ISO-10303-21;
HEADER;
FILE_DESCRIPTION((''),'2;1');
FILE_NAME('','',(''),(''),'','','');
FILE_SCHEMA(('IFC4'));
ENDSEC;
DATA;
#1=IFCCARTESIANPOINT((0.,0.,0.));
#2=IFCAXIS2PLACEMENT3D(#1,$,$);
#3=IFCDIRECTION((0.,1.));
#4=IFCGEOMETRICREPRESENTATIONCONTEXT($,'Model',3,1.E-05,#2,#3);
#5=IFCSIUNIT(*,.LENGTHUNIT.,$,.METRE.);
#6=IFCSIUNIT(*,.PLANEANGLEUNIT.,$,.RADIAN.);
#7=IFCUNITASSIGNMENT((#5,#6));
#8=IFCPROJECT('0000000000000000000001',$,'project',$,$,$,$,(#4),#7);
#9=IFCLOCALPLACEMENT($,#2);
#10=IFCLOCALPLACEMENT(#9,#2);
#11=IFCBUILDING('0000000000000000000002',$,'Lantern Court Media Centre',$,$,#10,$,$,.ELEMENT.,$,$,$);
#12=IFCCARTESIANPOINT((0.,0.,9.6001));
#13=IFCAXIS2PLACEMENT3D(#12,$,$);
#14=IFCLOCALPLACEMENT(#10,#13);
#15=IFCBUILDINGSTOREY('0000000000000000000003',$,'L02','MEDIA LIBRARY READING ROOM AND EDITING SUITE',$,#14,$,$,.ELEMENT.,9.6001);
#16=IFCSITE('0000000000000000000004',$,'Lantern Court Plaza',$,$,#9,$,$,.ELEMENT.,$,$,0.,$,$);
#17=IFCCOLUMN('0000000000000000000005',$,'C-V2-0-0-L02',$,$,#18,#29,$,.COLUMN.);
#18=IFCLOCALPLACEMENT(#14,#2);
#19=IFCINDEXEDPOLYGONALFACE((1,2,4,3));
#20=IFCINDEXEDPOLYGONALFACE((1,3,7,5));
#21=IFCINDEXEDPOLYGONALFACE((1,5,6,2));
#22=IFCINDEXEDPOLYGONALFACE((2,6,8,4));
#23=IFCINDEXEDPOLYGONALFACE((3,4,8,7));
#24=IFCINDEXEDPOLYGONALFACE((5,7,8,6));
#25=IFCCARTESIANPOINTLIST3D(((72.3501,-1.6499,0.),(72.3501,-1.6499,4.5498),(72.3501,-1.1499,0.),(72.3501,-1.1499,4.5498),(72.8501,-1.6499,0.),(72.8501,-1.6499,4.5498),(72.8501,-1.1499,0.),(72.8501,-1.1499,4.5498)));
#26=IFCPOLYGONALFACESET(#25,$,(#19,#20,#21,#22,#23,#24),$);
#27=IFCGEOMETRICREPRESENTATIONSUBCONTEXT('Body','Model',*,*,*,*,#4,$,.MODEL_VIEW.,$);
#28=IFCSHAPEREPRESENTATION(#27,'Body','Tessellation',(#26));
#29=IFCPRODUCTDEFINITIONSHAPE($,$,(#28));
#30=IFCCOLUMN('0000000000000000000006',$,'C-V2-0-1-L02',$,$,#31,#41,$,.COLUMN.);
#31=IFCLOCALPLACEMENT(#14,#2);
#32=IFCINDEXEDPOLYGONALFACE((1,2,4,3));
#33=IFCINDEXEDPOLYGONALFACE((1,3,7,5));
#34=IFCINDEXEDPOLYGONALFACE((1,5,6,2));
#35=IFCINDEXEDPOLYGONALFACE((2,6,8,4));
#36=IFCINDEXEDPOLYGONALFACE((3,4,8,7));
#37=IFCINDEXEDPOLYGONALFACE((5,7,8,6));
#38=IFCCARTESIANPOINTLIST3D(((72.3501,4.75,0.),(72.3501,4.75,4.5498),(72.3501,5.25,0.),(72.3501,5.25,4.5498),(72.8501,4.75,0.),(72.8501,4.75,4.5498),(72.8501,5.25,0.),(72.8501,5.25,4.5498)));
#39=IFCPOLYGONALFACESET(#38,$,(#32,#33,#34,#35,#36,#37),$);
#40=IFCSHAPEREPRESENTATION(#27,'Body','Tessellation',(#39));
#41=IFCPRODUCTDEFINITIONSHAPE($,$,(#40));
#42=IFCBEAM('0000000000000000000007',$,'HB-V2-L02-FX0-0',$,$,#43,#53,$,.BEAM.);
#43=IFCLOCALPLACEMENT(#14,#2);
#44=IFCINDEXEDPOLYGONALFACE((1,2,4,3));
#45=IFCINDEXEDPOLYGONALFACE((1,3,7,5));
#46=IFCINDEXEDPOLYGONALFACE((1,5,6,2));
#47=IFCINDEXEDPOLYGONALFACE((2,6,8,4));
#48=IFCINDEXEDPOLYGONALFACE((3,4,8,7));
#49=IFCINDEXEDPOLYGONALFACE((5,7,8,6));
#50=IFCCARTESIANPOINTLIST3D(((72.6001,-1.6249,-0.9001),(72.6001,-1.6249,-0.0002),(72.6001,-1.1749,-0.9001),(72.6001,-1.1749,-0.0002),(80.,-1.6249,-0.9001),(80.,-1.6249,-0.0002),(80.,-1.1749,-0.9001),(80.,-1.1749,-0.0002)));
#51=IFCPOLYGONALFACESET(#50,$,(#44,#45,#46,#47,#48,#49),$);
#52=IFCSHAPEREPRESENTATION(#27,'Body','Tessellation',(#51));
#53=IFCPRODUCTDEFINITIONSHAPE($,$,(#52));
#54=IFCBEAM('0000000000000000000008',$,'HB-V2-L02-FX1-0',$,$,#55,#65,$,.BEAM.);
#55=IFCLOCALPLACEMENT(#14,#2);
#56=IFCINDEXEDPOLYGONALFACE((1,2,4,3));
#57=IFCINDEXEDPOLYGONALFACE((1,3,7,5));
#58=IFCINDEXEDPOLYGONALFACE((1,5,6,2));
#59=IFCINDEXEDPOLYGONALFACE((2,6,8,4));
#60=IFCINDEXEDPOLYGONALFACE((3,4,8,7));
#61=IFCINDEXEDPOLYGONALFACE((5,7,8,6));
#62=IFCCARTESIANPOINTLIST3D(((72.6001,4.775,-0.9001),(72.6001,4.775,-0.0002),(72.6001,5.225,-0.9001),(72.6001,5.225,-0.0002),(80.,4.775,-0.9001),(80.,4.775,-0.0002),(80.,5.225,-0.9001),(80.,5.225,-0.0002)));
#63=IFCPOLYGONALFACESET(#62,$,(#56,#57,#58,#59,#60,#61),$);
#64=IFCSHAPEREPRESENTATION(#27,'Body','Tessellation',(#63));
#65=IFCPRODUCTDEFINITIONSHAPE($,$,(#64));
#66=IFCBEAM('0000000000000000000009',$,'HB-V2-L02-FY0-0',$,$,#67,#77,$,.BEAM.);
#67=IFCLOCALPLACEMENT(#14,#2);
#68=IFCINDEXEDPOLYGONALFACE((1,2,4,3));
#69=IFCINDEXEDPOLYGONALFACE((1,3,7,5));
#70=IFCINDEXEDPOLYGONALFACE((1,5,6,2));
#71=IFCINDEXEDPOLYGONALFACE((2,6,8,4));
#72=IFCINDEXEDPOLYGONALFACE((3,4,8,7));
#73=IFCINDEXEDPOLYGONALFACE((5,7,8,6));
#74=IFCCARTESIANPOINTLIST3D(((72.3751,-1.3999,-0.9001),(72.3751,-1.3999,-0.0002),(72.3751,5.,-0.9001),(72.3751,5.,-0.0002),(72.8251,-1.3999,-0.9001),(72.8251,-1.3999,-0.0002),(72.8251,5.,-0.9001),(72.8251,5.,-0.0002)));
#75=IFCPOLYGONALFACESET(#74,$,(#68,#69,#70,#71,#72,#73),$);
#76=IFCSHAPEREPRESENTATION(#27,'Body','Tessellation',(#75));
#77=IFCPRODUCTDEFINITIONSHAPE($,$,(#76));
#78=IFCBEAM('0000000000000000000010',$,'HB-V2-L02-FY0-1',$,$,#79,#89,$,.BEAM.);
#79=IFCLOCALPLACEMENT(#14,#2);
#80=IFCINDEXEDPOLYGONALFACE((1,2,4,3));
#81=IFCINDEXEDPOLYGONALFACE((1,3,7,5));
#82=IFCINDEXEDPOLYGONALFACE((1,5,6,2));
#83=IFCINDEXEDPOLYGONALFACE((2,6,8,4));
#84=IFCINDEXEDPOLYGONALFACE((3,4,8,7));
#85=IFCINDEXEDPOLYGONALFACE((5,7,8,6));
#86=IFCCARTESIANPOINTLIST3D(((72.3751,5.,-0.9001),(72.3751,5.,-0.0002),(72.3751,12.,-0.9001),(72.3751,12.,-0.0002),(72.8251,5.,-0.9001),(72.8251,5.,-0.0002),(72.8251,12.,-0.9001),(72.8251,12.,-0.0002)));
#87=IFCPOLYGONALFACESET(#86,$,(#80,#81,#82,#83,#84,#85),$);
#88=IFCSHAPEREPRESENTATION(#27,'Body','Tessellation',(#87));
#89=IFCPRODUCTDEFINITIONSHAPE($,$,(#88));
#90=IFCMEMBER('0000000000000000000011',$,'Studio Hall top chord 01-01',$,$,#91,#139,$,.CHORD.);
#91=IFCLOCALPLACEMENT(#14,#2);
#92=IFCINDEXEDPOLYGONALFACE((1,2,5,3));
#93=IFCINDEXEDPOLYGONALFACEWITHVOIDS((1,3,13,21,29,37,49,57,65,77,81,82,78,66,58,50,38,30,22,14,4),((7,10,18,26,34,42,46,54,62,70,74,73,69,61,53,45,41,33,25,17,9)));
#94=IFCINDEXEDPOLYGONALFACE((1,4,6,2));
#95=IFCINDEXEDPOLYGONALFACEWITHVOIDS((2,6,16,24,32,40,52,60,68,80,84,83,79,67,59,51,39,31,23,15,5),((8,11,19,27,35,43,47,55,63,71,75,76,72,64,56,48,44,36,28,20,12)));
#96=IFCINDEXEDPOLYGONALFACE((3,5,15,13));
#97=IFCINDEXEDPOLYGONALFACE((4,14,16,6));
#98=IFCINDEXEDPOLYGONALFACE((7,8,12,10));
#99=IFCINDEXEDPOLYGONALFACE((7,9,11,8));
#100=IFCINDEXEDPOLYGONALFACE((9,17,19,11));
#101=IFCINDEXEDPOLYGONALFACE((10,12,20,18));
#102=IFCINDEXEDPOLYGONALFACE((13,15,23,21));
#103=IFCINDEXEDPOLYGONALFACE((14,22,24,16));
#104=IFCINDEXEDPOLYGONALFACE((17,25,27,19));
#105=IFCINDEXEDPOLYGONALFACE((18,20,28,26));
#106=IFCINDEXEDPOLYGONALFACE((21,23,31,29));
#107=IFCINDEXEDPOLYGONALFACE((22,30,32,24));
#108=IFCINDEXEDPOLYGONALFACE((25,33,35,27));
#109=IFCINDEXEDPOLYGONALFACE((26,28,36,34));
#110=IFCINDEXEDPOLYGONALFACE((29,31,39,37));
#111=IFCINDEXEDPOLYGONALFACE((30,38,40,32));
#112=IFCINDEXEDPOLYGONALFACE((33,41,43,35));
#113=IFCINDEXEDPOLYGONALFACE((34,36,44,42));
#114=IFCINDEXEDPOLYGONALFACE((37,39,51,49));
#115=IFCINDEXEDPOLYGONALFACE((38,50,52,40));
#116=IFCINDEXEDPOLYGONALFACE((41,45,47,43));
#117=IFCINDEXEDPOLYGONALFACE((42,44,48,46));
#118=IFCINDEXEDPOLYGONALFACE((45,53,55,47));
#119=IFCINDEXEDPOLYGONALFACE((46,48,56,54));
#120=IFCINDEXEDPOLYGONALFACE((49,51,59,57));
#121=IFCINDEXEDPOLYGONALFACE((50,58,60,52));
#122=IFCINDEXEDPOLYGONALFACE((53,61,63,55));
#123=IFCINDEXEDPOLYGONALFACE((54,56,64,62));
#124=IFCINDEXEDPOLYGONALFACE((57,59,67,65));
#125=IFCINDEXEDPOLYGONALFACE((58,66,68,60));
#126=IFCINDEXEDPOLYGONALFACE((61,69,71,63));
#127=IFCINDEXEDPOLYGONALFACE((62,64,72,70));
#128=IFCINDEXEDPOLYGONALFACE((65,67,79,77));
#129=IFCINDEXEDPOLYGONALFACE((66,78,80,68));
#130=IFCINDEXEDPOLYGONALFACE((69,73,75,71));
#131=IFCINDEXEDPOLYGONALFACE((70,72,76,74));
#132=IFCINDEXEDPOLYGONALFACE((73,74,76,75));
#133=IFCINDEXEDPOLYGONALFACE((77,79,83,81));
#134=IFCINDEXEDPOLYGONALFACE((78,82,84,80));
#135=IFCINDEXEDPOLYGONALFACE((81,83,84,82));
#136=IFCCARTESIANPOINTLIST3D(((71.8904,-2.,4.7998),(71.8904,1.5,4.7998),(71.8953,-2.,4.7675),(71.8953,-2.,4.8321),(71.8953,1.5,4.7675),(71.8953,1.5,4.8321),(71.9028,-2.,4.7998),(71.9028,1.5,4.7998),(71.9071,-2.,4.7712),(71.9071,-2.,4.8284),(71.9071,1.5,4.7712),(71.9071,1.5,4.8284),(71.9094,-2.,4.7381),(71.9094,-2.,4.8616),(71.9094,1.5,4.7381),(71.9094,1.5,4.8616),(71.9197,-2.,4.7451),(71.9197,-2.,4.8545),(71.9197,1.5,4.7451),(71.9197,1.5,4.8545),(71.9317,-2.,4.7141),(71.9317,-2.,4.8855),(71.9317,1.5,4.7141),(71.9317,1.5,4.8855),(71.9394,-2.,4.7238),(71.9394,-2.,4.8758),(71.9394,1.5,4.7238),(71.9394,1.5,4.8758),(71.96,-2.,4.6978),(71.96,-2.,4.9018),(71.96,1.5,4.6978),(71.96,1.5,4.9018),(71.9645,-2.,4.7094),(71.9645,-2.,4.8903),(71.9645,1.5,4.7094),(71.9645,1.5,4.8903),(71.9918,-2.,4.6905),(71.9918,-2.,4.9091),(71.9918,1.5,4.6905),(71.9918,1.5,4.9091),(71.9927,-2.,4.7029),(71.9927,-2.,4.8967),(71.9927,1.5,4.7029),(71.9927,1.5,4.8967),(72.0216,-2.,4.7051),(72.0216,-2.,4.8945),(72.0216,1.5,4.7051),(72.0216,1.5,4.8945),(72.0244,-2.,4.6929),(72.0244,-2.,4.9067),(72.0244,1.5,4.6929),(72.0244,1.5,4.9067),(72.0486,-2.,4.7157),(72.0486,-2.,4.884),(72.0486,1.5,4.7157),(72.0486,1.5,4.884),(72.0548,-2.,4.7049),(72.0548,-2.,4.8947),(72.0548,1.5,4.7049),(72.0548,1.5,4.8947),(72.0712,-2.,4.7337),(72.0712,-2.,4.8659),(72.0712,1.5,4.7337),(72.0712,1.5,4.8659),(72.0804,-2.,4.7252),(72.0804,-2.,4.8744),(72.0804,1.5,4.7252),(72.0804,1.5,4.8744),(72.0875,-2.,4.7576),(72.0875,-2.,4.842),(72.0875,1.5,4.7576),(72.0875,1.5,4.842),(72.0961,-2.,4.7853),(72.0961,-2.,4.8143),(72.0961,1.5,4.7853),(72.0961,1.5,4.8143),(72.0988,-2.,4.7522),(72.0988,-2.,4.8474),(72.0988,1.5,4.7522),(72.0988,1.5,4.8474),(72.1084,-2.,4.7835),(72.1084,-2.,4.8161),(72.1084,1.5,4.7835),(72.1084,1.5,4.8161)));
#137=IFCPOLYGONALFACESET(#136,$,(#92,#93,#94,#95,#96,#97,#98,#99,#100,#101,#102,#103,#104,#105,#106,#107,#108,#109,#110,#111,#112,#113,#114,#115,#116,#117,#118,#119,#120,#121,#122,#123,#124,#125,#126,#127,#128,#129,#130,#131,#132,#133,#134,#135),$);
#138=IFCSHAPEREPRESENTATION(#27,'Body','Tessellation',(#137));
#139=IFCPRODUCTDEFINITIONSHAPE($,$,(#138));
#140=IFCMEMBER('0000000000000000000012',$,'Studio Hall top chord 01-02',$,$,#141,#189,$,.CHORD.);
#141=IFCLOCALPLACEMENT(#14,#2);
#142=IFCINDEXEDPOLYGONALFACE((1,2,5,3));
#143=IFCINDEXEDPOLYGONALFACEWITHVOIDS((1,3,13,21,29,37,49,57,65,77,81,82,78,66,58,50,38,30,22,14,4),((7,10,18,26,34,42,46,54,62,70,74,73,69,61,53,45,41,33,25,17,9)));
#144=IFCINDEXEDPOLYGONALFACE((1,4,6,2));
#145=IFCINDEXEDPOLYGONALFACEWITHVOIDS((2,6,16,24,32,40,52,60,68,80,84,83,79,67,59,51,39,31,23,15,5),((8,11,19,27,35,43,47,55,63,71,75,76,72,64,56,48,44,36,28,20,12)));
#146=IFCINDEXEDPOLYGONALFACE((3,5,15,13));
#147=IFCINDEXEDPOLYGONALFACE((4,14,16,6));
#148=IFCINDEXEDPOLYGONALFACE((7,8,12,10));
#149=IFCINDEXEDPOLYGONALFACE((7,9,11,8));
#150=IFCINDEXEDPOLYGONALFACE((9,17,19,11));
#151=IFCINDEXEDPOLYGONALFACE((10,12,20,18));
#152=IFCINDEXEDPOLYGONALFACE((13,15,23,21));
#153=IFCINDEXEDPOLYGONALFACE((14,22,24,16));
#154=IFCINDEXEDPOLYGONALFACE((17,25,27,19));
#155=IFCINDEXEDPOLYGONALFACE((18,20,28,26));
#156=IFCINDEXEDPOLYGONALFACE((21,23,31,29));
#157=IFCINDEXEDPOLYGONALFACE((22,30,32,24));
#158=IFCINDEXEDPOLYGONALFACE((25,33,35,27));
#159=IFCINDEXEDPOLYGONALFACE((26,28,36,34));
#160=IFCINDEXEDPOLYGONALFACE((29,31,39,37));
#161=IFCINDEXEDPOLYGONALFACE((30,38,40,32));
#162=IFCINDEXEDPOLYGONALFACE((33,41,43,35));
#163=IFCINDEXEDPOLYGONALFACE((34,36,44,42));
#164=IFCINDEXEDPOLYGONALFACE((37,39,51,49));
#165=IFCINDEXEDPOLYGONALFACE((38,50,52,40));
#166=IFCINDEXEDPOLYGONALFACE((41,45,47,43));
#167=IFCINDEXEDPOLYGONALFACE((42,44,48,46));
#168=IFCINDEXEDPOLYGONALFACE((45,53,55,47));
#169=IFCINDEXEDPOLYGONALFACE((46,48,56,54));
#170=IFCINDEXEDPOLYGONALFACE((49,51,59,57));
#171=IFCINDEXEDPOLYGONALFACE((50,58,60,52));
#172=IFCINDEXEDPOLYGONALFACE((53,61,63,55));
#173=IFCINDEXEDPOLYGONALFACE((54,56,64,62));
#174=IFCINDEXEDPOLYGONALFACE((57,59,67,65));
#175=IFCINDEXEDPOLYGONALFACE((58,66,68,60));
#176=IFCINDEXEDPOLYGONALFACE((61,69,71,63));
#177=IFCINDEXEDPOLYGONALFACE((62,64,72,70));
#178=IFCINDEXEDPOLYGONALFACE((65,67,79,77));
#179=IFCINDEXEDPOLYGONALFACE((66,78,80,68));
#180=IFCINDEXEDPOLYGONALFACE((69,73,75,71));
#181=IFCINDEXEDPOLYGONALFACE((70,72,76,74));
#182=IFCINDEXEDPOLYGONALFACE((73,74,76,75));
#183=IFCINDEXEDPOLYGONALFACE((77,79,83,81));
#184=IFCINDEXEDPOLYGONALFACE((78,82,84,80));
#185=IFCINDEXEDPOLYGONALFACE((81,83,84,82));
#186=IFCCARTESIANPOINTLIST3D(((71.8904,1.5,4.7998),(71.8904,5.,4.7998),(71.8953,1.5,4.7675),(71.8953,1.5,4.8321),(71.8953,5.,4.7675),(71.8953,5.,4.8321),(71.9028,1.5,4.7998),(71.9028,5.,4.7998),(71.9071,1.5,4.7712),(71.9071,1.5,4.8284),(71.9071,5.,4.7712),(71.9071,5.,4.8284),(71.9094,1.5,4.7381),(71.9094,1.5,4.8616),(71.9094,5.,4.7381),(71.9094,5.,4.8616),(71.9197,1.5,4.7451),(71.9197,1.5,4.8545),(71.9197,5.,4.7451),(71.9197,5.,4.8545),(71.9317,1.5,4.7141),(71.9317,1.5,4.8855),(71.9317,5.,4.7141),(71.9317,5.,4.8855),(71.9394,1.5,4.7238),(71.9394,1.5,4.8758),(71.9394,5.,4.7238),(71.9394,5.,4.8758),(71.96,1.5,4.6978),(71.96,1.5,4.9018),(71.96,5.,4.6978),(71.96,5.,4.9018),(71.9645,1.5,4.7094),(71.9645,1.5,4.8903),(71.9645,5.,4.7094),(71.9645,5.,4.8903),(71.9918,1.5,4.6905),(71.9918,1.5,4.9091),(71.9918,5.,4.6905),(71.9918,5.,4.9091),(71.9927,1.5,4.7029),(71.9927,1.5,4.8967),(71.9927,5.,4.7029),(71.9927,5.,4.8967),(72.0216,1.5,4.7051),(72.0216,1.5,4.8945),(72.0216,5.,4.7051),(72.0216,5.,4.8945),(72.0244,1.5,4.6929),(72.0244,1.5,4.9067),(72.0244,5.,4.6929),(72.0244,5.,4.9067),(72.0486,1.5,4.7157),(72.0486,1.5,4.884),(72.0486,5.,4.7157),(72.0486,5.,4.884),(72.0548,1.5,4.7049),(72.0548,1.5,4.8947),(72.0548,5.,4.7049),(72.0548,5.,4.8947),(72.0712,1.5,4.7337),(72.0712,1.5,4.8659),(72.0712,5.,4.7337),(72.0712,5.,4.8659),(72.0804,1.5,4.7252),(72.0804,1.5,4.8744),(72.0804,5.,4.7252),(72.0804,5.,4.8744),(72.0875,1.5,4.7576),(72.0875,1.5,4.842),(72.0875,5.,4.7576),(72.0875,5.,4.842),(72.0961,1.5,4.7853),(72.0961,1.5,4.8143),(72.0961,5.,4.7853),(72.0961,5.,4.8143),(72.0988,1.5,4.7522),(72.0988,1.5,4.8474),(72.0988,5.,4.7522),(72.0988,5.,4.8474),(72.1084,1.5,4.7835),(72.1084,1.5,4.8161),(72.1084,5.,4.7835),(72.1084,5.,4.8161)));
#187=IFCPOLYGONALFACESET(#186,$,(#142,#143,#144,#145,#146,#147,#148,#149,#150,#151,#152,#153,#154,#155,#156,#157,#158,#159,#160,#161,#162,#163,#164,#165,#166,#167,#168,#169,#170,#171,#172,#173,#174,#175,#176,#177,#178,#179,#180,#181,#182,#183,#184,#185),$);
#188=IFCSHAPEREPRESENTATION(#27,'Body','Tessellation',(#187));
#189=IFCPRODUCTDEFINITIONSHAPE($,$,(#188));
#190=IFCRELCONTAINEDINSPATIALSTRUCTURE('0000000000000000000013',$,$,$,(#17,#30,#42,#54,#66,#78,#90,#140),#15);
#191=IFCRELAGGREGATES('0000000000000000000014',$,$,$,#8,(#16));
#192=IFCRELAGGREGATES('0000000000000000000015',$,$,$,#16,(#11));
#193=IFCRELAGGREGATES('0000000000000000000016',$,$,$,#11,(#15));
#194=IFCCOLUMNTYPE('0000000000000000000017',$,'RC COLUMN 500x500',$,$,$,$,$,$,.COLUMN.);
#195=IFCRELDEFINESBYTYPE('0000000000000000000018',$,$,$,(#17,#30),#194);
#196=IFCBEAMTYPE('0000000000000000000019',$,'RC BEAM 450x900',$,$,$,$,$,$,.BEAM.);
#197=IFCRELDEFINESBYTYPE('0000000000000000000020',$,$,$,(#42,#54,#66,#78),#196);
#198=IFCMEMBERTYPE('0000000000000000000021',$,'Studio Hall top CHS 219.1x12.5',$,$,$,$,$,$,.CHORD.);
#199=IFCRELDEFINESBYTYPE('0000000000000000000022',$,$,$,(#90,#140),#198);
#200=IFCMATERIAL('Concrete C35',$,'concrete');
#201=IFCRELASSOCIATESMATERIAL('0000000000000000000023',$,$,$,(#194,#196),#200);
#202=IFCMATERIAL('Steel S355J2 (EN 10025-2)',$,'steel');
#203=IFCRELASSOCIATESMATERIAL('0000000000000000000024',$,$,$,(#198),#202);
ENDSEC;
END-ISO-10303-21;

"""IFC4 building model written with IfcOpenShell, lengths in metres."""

from ifc_helpers import new_model, si_unit, direction, frame, origin, origin_2d, place, context, subcontext, project, spatial, rectangle, hollow_circle, extrude, material, material_profile, profile_set, type_object, element, save


model = new_model("IFC4")

# Units and contexts
model_context = context("Model", 3, precision=1e-05, world=origin(), true_north=direction((0.0, 1.0)))
body_context = subcontext(model_context, "Body", "Model", "MODEL_VIEW")
ifc_project = project(units=[si_unit("LENGTHUNIT", "METRE"), si_unit("PLANEANGLEUNIT", "RADIAN")], contexts=[model_context])

# Site, building, storey
site_placement = place(None, origin())
site = spatial("IfcSite", under=ifc_project, at=site_placement, Name="Lantern Court Plaza", CompositionType="ELEMENT", RefElevation=0.0)
building_placement = place(site_placement, origin())
building = spatial("IfcBuilding", under=site, at=building_placement, Name="Lantern Court Media Centre", CompositionType="ELEMENT")
storey_placement = place(building_placement, frame((0.0, 0.0, 9.6001)))
storey = spatial("IfcBuildingStorey", under=building, at=storey_placement, Name="L02", Description="MEDIA LIBRARY READING ROOM AND EDITING SUITE", CompositionType="ELEMENT", Elevation=9.6001)

# Columns
ifc_material_1 = material(Name="Concrete C35", Category="concrete")
ifc_material_profile_1 = material_profile(ifc_material_1, rectangle(XDim=0.5, YDim=0.5, at=origin_2d()), Name="RC 500x500")
ifc_profile_set_1 = profile_set([ifc_material_profile_1], Name="Concrete C35")
column_type = type_object("IfcColumnType", Name="RC COLUMN 500x500", PredefinedType="COLUMN", material=ifc_profile_set_1)
for number, where, z_axis, x_axis, name in (
    (1, (72.6001, -1.3999, 0.0), (0.0, 0.0, 1.0), (1.0, 0.0, 0.0), "C-V2-0-0-L02"),
    (2, (72.6001, 5.0, 0.0), (0.0, 0.0, 1.0), (1.0, 0.0, 0.0), "C-V2-0-1-L02"),
):
    element("IfcColumn", number, at=place(storey_placement, frame(where, z_axis=z_axis, x_axis=x_axis)), inside=storey, type_object=column_type, Name=name, PredefinedType="COLUMN", context=body_context, shape_type="SweptSolid", body=[
        extrude(rectangle(XDim=0.5, YDim=0.5, at=origin_2d()), origin(), (0.0, 0.0, 1.0), 4.5498),
    ])

# Beams
ifc_material_profile_2 = material_profile(ifc_material_1, rectangle(XDim=0.45, YDim=0.8999, at=origin_2d()), Name="RC 450x900")
ifc_profile_set_2 = profile_set([ifc_material_profile_2], Name="Concrete C35")
beam_type = type_object("IfcBeamType", Name="RC BEAM 450x900", PredefinedType="BEAM", material=ifc_profile_set_2)
for number, where, z_axis, x_axis, name in (
    (3, (72.6001, -1.3999, -0.4502), (1.0, 0.0, 0.0), (0.0, 1.0, 0.0), "HB-V2-L02-FX0-0"),
    (4, (72.6001, 5.0, -0.4502), (1.0, 0.0, 0.0), (0.0, 1.0, 0.0), "HB-V2-L02-FX1-0"),
):
    element("IfcBeam", number, at=place(storey_placement, frame(where, z_axis=z_axis, x_axis=x_axis)), inside=storey, type_object=beam_type, Name=name, PredefinedType="BEAM", context=body_context, shape_type="SweptSolid", body=[
        extrude(rectangle(XDim=0.45, YDim=0.8999, at=origin_2d()), origin(), (0.0, 0.0, 1.0), 7.3999),
    ])
beam_1_placement = place(storey_placement, frame((72.6001, -1.3999, -0.4502), z_axis=(0.0, 1.0, 0.0), x_axis=(-1.0, 0.0, 0.0)))
element("IfcBeam", 5, at=beam_1_placement, inside=storey, type_object=beam_type, Name="HB-V2-L02-FY0-0", PredefinedType="BEAM", context=body_context, shape_type="SweptSolid", body=[
    extrude(rectangle(XDim=0.45, YDim=0.8999, at=origin_2d()), origin(), (0.0, 0.0, 1.0), 6.3999),
])
beam_2_placement = place(storey_placement, frame((72.6001, 5.0, -0.4502), z_axis=(0.0, 1.0, 0.0), x_axis=(-1.0, 0.0, 0.0)))
element("IfcBeam", 6, at=beam_2_placement, inside=storey, type_object=beam_type, Name="HB-V2-L02-FY0-1", PredefinedType="BEAM", context=body_context, shape_type="SweptSolid", body=[
    extrude(rectangle(XDim=0.45, YDim=0.8999, at=origin_2d()), origin(), (0.0, 0.0, 1.0), 7.0),
])

# Members
ifc_material_2 = material(Name="Steel S355J2 (EN 10025-2)", Category="steel")
ifc_material_profile_3 = material_profile(ifc_material_2, hollow_circle(Radius=0.1096, WallThickness=0.0125, at=origin_2d()), Name="Studio Hall top CHS 219.1x12.5")
ifc_profile_set_3 = profile_set([ifc_material_profile_3], Name="Steel S355J2 (EN 10025-2)")
member_type = type_object("IfcMemberType", Name="Studio Hall top CHS 219.1x12.5", PredefinedType="CHORD", material=ifc_profile_set_3)
for number, where, z_axis, x_axis, name in (
    (7, (72.0, -2.0, 4.7998), (0.0, 1.0, 0.0), (-1.0, 0.0, 0.0), "Studio Hall top chord 01-01"),
    (8, (72.0, 1.5, 4.7998), (0.0, 1.0, 0.0), (-1.0, 0.0, 0.0), "Studio Hall top chord 01-02"),
):
    element("IfcMember", number, at=place(storey_placement, frame(where, z_axis=z_axis, x_axis=x_axis)), inside=storey, type_object=member_type, Name=name, PredefinedType="CHORD", context=body_context, shape_type="SweptSolid", body=[
        extrude(hollow_circle(Radius=0.1096, WallThickness=0.0125, at=origin_2d()), origin(), (0.0, 0.0, 1.0), 3.5),
    ])

save(model, "model.ifc")
